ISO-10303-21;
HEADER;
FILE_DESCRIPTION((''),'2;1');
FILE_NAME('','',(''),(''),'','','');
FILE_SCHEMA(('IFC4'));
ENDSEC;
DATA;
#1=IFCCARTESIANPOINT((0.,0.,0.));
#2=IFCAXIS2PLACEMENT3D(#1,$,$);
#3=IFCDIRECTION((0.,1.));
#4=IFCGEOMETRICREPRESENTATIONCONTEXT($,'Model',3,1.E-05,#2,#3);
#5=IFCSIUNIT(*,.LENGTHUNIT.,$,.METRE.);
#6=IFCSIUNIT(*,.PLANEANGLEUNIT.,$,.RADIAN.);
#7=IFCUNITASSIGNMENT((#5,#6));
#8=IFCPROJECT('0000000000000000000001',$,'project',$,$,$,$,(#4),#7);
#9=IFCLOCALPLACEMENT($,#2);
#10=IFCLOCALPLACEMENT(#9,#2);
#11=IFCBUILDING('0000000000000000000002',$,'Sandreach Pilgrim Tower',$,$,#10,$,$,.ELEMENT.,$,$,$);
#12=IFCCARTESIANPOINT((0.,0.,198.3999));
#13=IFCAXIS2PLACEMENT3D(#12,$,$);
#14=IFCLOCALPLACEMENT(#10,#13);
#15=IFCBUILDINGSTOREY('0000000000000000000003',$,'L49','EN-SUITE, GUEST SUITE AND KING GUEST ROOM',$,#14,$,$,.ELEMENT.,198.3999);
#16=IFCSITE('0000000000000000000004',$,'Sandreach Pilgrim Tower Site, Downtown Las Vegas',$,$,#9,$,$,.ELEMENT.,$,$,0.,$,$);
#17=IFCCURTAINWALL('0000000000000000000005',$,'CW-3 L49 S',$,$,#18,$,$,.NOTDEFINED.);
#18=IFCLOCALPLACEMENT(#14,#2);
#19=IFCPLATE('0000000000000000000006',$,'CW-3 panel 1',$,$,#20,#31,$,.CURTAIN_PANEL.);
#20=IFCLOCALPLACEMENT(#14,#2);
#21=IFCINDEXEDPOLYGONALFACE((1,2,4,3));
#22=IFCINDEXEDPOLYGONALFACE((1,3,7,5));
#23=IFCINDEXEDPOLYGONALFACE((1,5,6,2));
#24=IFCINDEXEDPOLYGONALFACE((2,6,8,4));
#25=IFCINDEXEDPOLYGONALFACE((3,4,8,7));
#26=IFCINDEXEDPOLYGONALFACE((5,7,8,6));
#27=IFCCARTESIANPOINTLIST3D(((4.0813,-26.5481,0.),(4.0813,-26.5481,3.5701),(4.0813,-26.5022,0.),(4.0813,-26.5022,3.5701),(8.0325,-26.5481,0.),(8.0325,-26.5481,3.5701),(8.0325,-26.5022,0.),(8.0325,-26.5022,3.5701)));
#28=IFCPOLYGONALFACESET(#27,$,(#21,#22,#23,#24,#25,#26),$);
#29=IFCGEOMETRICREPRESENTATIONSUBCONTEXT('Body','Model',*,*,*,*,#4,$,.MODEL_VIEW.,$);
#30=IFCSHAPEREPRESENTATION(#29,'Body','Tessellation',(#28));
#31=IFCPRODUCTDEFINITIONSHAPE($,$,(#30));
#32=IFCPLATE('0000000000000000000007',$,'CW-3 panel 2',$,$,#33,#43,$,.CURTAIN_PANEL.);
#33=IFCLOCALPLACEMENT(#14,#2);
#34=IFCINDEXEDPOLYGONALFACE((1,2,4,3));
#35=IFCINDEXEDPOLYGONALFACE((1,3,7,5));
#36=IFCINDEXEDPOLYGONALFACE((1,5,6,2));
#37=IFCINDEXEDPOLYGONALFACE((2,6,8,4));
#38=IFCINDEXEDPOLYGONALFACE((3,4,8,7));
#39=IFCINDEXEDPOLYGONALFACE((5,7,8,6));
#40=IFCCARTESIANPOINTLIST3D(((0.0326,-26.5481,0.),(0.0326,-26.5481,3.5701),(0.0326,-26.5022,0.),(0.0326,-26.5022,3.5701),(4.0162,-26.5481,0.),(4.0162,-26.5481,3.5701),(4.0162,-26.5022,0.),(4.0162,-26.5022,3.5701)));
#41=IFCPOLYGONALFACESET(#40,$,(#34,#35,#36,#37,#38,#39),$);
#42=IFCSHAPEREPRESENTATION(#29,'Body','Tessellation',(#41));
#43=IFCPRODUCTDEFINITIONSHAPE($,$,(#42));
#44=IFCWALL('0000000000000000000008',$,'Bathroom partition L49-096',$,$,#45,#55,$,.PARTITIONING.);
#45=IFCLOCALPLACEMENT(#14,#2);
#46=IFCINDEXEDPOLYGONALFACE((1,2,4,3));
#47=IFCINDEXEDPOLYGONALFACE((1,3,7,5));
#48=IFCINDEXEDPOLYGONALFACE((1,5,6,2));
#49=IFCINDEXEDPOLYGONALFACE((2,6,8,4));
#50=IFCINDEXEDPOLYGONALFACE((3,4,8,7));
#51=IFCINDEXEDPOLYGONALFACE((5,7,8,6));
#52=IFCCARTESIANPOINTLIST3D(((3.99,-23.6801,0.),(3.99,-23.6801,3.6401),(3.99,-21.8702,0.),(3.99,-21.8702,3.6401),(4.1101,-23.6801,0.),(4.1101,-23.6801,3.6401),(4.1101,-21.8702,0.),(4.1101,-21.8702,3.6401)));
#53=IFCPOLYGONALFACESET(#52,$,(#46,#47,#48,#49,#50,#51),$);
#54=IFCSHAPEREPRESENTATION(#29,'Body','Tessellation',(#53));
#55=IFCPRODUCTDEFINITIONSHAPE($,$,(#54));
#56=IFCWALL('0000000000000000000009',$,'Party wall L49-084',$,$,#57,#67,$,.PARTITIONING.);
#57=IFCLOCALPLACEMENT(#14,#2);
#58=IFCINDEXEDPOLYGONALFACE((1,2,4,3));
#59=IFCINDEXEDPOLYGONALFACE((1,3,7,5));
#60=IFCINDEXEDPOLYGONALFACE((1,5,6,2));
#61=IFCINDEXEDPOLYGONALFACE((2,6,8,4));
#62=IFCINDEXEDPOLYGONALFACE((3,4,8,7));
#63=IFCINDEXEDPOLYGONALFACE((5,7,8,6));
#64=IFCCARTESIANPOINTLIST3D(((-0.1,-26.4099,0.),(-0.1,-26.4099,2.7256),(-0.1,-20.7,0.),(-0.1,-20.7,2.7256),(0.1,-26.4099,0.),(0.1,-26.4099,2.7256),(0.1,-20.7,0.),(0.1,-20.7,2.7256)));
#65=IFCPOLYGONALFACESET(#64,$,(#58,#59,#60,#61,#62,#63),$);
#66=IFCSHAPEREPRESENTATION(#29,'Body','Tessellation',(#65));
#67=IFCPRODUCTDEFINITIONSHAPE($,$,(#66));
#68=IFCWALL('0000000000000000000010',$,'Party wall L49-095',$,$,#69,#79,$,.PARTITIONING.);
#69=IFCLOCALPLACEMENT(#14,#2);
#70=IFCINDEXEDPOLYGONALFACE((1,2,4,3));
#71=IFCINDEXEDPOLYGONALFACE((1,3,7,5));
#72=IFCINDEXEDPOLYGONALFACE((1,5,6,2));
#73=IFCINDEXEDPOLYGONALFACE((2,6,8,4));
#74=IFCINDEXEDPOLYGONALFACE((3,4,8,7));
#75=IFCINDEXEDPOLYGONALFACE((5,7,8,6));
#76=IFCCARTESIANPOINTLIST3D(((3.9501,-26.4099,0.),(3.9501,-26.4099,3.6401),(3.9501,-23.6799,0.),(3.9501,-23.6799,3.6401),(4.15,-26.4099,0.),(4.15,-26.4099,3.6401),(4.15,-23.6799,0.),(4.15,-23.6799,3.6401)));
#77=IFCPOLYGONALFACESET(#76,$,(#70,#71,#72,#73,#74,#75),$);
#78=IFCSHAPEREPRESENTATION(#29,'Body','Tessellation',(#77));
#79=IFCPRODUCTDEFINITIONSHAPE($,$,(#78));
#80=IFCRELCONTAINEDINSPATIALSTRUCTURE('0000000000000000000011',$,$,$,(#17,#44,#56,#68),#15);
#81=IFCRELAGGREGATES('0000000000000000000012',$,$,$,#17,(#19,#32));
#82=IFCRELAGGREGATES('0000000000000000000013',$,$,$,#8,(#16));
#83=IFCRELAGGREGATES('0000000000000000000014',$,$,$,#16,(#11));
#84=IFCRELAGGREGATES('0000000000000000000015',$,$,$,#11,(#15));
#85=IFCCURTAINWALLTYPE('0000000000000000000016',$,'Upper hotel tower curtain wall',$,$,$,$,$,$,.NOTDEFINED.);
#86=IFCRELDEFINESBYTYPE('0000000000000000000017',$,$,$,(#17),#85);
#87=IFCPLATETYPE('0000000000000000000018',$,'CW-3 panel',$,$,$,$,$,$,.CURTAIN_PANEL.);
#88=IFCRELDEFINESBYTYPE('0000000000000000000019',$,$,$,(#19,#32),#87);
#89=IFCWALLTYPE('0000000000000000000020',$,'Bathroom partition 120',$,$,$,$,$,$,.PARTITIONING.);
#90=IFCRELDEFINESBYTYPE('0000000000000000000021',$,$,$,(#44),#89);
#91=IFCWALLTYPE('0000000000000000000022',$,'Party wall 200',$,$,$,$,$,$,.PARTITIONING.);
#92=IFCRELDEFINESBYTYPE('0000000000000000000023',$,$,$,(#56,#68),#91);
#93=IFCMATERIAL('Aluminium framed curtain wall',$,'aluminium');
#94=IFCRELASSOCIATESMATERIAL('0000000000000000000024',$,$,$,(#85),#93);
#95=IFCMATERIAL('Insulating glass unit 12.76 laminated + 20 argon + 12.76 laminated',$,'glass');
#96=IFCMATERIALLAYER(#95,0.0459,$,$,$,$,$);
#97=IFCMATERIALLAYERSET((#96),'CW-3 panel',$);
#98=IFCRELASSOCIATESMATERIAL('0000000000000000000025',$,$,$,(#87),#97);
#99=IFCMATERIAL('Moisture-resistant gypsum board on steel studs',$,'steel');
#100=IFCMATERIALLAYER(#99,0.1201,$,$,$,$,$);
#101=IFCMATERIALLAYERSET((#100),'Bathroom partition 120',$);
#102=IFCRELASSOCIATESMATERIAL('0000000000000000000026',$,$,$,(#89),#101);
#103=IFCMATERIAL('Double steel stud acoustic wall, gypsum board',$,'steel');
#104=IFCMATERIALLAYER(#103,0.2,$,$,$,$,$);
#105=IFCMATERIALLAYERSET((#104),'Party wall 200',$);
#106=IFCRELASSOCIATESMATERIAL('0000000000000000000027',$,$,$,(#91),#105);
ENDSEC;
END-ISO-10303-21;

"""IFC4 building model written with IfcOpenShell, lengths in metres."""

from ifc_helpers import new_model, si_unit, direction, frame, frame_2d, origin, origin_2d, place, context, subcontext, project, spatial, rectangle, extrude, material, layer, layer_set, type_object, element, aggregate, save


model = new_model("IFC4")

# Units and contexts
model_context = context("Model", 3, precision=1e-05, world=origin(), true_north=direction((0.0, 1.0)))
body_context = subcontext(model_context, "Body", "Model", "MODEL_VIEW")
ifc_project = project(units=[si_unit("LENGTHUNIT", "METRE"), si_unit("PLANEANGLEUNIT", "RADIAN")], contexts=[model_context])

# Site, building, storey
site_placement = place(None, origin())
site = spatial("IfcSite", under=ifc_project, at=site_placement, Name="Sandreach Pilgrim Tower Site, Downtown Las Vegas", CompositionType="ELEMENT", RefElevation=0.0)
building_placement = place(site_placement, origin())
building = spatial("IfcBuilding", under=site, at=building_placement, Name="Sandreach Pilgrim Tower", CompositionType="ELEMENT")
storey_placement = place(building_placement, frame((0.0, 0.0, 198.3999)))
storey = spatial("IfcBuildingStorey", under=building, at=storey_placement, Name="L49", Description="EN-SUITE, GUEST SUITE AND KING GUEST ROOM", CompositionType="ELEMENT", Elevation=198.3999)

# Curtain wall
ifc_material_1 = material(Name="Aluminium framed curtain wall", Category="aluminium")
curtain_wall_type = type_object("IfcCurtainWallType", Name="Upper hotel tower curtain wall", PredefinedType="NOTDEFINED", material=ifc_material_1)
curtain_wall_placement = place(storey_placement, origin())
curtain_wall = element("IfcCurtainWall", 1, at=curtain_wall_placement, inside=storey, type_object=curtain_wall_type, Name="CW-3 L49 S", PredefinedType="NOTDEFINED")

# Plates
ifc_material_2 = material(Name="Insulating glass unit 12.76 laminated + 20 argon + 12.76 laminated", Category="glass")
ifc_layer_1 = layer(ifc_material_2, 0.0459)
ifc_layer_set_1 = layer_set([ifc_layer_1], Name="CW-3 panel")
plate_type = type_object("IfcPlateType", Name="CW-3 panel", PredefinedType="CURTAIN_PANEL", material=ifc_layer_set_1)
plate_1_placement = place(storey_placement, frame((6.0569, -26.5251, 0.0), z_axis=(0.0, 0.0, 1.0), x_axis=(-1.0, 0.0, 0.0)))
plate_1 = element("IfcPlate", 2, at=plate_1_placement, type_object=plate_type, Name="CW-3 panel 1", PredefinedType="CURTAIN_PANEL", context=body_context, shape_type="SweptSolid", body=[
    extrude(rectangle(XDim=3.9512, YDim=0.0459, at=origin_2d()), origin(), (0.0, 0.0, 1.0), 3.5701),
])
plate_2_placement = place(storey_placement, frame((2.0244, -26.5251, 0.0), z_axis=(0.0, 0.0, 1.0), x_axis=(-1.0, 0.0, 0.0)))
plate_2 = element("IfcPlate", 3, at=plate_2_placement, type_object=plate_type, Name="CW-3 panel 2", PredefinedType="CURTAIN_PANEL", context=body_context, shape_type="SweptSolid", body=[
    extrude(rectangle(XDim=3.9836, YDim=0.0459, at=origin_2d()), origin(), (0.0, 0.0, 1.0), 3.5701),
])
aggregate(curtain_wall, [plate_1, plate_2])

# Walls
ifc_material_3 = material(Name="Moisture-resistant gypsum board on steel studs", Category="steel")
ifc_layer_2 = layer(ifc_material_3, 0.1201)
ifc_layer_set_2 = layer_set([ifc_layer_2], Name="Bathroom partition 120")
wall_type_1 = type_object("IfcWallType", Name="Bathroom partition 120", PredefinedType="PARTITIONING", material=ifc_layer_set_2)
wall_1_placement = place(storey_placement, frame((4.05, -23.6799, 0.0), z_axis=(0.0, 0.0, 1.0), x_axis=(0.0, 1.0, 0.0)))
element("IfcWall", 4, at=wall_1_placement, inside=storey, type_object=wall_type_1, Name="Bathroom partition L49-096", PredefinedType="PARTITIONING", context=body_context, shape_type="SweptSolid", body=[
    extrude(rectangle(XDim=1.8098, YDim=0.1201, at=frame_2d((0.9048, 0.0))), origin(), (0.0, 0.0, 1.0), 3.6401),
])
ifc_material_4 = material(Name="Double steel stud acoustic wall, gypsum board", Category="steel")
ifc_layer_3 = layer(ifc_material_4, 0.2)
ifc_layer_set_3 = layer_set([ifc_layer_3], Name="Party wall 200")
wall_type_2 = type_object("IfcWallType", Name="Party wall 200", PredefinedType="PARTITIONING", material=ifc_layer_set_3)
wall_2_placement = place(storey_placement, frame((0.0, -26.4099, 0.0), z_axis=(0.0, 0.0, 1.0), x_axis=(0.0, 1.0, 0.0)))
element("IfcWall", 5, at=wall_2_placement, inside=storey, type_object=wall_type_2, Name="Party wall L49-084", PredefinedType="PARTITIONING", context=body_context, shape_type="SweptSolid", body=[
    extrude(rectangle(XDim=5.71, YDim=0.2, at=frame_2d((2.855, 0.0))), origin(), (0.0, 0.0, 1.0), 2.7256),
])
wall_3_placement = place(storey_placement, frame((4.05, -26.4099, 0.0), z_axis=(0.0, 0.0, 1.0), x_axis=(0.0, 1.0, 0.0)))
element("IfcWall", 6, at=wall_3_placement, inside=storey, type_object=wall_type_2, Name="Party wall L49-095", PredefinedType="PARTITIONING", context=body_context, shape_type="SweptSolid", body=[
    extrude(rectangle(XDim=2.73, YDim=0.2, at=frame_2d((1.365, 0.0))), origin(), (0.0, 0.0, 1.0), 3.6401),
])

save(model, "model.ifc")
